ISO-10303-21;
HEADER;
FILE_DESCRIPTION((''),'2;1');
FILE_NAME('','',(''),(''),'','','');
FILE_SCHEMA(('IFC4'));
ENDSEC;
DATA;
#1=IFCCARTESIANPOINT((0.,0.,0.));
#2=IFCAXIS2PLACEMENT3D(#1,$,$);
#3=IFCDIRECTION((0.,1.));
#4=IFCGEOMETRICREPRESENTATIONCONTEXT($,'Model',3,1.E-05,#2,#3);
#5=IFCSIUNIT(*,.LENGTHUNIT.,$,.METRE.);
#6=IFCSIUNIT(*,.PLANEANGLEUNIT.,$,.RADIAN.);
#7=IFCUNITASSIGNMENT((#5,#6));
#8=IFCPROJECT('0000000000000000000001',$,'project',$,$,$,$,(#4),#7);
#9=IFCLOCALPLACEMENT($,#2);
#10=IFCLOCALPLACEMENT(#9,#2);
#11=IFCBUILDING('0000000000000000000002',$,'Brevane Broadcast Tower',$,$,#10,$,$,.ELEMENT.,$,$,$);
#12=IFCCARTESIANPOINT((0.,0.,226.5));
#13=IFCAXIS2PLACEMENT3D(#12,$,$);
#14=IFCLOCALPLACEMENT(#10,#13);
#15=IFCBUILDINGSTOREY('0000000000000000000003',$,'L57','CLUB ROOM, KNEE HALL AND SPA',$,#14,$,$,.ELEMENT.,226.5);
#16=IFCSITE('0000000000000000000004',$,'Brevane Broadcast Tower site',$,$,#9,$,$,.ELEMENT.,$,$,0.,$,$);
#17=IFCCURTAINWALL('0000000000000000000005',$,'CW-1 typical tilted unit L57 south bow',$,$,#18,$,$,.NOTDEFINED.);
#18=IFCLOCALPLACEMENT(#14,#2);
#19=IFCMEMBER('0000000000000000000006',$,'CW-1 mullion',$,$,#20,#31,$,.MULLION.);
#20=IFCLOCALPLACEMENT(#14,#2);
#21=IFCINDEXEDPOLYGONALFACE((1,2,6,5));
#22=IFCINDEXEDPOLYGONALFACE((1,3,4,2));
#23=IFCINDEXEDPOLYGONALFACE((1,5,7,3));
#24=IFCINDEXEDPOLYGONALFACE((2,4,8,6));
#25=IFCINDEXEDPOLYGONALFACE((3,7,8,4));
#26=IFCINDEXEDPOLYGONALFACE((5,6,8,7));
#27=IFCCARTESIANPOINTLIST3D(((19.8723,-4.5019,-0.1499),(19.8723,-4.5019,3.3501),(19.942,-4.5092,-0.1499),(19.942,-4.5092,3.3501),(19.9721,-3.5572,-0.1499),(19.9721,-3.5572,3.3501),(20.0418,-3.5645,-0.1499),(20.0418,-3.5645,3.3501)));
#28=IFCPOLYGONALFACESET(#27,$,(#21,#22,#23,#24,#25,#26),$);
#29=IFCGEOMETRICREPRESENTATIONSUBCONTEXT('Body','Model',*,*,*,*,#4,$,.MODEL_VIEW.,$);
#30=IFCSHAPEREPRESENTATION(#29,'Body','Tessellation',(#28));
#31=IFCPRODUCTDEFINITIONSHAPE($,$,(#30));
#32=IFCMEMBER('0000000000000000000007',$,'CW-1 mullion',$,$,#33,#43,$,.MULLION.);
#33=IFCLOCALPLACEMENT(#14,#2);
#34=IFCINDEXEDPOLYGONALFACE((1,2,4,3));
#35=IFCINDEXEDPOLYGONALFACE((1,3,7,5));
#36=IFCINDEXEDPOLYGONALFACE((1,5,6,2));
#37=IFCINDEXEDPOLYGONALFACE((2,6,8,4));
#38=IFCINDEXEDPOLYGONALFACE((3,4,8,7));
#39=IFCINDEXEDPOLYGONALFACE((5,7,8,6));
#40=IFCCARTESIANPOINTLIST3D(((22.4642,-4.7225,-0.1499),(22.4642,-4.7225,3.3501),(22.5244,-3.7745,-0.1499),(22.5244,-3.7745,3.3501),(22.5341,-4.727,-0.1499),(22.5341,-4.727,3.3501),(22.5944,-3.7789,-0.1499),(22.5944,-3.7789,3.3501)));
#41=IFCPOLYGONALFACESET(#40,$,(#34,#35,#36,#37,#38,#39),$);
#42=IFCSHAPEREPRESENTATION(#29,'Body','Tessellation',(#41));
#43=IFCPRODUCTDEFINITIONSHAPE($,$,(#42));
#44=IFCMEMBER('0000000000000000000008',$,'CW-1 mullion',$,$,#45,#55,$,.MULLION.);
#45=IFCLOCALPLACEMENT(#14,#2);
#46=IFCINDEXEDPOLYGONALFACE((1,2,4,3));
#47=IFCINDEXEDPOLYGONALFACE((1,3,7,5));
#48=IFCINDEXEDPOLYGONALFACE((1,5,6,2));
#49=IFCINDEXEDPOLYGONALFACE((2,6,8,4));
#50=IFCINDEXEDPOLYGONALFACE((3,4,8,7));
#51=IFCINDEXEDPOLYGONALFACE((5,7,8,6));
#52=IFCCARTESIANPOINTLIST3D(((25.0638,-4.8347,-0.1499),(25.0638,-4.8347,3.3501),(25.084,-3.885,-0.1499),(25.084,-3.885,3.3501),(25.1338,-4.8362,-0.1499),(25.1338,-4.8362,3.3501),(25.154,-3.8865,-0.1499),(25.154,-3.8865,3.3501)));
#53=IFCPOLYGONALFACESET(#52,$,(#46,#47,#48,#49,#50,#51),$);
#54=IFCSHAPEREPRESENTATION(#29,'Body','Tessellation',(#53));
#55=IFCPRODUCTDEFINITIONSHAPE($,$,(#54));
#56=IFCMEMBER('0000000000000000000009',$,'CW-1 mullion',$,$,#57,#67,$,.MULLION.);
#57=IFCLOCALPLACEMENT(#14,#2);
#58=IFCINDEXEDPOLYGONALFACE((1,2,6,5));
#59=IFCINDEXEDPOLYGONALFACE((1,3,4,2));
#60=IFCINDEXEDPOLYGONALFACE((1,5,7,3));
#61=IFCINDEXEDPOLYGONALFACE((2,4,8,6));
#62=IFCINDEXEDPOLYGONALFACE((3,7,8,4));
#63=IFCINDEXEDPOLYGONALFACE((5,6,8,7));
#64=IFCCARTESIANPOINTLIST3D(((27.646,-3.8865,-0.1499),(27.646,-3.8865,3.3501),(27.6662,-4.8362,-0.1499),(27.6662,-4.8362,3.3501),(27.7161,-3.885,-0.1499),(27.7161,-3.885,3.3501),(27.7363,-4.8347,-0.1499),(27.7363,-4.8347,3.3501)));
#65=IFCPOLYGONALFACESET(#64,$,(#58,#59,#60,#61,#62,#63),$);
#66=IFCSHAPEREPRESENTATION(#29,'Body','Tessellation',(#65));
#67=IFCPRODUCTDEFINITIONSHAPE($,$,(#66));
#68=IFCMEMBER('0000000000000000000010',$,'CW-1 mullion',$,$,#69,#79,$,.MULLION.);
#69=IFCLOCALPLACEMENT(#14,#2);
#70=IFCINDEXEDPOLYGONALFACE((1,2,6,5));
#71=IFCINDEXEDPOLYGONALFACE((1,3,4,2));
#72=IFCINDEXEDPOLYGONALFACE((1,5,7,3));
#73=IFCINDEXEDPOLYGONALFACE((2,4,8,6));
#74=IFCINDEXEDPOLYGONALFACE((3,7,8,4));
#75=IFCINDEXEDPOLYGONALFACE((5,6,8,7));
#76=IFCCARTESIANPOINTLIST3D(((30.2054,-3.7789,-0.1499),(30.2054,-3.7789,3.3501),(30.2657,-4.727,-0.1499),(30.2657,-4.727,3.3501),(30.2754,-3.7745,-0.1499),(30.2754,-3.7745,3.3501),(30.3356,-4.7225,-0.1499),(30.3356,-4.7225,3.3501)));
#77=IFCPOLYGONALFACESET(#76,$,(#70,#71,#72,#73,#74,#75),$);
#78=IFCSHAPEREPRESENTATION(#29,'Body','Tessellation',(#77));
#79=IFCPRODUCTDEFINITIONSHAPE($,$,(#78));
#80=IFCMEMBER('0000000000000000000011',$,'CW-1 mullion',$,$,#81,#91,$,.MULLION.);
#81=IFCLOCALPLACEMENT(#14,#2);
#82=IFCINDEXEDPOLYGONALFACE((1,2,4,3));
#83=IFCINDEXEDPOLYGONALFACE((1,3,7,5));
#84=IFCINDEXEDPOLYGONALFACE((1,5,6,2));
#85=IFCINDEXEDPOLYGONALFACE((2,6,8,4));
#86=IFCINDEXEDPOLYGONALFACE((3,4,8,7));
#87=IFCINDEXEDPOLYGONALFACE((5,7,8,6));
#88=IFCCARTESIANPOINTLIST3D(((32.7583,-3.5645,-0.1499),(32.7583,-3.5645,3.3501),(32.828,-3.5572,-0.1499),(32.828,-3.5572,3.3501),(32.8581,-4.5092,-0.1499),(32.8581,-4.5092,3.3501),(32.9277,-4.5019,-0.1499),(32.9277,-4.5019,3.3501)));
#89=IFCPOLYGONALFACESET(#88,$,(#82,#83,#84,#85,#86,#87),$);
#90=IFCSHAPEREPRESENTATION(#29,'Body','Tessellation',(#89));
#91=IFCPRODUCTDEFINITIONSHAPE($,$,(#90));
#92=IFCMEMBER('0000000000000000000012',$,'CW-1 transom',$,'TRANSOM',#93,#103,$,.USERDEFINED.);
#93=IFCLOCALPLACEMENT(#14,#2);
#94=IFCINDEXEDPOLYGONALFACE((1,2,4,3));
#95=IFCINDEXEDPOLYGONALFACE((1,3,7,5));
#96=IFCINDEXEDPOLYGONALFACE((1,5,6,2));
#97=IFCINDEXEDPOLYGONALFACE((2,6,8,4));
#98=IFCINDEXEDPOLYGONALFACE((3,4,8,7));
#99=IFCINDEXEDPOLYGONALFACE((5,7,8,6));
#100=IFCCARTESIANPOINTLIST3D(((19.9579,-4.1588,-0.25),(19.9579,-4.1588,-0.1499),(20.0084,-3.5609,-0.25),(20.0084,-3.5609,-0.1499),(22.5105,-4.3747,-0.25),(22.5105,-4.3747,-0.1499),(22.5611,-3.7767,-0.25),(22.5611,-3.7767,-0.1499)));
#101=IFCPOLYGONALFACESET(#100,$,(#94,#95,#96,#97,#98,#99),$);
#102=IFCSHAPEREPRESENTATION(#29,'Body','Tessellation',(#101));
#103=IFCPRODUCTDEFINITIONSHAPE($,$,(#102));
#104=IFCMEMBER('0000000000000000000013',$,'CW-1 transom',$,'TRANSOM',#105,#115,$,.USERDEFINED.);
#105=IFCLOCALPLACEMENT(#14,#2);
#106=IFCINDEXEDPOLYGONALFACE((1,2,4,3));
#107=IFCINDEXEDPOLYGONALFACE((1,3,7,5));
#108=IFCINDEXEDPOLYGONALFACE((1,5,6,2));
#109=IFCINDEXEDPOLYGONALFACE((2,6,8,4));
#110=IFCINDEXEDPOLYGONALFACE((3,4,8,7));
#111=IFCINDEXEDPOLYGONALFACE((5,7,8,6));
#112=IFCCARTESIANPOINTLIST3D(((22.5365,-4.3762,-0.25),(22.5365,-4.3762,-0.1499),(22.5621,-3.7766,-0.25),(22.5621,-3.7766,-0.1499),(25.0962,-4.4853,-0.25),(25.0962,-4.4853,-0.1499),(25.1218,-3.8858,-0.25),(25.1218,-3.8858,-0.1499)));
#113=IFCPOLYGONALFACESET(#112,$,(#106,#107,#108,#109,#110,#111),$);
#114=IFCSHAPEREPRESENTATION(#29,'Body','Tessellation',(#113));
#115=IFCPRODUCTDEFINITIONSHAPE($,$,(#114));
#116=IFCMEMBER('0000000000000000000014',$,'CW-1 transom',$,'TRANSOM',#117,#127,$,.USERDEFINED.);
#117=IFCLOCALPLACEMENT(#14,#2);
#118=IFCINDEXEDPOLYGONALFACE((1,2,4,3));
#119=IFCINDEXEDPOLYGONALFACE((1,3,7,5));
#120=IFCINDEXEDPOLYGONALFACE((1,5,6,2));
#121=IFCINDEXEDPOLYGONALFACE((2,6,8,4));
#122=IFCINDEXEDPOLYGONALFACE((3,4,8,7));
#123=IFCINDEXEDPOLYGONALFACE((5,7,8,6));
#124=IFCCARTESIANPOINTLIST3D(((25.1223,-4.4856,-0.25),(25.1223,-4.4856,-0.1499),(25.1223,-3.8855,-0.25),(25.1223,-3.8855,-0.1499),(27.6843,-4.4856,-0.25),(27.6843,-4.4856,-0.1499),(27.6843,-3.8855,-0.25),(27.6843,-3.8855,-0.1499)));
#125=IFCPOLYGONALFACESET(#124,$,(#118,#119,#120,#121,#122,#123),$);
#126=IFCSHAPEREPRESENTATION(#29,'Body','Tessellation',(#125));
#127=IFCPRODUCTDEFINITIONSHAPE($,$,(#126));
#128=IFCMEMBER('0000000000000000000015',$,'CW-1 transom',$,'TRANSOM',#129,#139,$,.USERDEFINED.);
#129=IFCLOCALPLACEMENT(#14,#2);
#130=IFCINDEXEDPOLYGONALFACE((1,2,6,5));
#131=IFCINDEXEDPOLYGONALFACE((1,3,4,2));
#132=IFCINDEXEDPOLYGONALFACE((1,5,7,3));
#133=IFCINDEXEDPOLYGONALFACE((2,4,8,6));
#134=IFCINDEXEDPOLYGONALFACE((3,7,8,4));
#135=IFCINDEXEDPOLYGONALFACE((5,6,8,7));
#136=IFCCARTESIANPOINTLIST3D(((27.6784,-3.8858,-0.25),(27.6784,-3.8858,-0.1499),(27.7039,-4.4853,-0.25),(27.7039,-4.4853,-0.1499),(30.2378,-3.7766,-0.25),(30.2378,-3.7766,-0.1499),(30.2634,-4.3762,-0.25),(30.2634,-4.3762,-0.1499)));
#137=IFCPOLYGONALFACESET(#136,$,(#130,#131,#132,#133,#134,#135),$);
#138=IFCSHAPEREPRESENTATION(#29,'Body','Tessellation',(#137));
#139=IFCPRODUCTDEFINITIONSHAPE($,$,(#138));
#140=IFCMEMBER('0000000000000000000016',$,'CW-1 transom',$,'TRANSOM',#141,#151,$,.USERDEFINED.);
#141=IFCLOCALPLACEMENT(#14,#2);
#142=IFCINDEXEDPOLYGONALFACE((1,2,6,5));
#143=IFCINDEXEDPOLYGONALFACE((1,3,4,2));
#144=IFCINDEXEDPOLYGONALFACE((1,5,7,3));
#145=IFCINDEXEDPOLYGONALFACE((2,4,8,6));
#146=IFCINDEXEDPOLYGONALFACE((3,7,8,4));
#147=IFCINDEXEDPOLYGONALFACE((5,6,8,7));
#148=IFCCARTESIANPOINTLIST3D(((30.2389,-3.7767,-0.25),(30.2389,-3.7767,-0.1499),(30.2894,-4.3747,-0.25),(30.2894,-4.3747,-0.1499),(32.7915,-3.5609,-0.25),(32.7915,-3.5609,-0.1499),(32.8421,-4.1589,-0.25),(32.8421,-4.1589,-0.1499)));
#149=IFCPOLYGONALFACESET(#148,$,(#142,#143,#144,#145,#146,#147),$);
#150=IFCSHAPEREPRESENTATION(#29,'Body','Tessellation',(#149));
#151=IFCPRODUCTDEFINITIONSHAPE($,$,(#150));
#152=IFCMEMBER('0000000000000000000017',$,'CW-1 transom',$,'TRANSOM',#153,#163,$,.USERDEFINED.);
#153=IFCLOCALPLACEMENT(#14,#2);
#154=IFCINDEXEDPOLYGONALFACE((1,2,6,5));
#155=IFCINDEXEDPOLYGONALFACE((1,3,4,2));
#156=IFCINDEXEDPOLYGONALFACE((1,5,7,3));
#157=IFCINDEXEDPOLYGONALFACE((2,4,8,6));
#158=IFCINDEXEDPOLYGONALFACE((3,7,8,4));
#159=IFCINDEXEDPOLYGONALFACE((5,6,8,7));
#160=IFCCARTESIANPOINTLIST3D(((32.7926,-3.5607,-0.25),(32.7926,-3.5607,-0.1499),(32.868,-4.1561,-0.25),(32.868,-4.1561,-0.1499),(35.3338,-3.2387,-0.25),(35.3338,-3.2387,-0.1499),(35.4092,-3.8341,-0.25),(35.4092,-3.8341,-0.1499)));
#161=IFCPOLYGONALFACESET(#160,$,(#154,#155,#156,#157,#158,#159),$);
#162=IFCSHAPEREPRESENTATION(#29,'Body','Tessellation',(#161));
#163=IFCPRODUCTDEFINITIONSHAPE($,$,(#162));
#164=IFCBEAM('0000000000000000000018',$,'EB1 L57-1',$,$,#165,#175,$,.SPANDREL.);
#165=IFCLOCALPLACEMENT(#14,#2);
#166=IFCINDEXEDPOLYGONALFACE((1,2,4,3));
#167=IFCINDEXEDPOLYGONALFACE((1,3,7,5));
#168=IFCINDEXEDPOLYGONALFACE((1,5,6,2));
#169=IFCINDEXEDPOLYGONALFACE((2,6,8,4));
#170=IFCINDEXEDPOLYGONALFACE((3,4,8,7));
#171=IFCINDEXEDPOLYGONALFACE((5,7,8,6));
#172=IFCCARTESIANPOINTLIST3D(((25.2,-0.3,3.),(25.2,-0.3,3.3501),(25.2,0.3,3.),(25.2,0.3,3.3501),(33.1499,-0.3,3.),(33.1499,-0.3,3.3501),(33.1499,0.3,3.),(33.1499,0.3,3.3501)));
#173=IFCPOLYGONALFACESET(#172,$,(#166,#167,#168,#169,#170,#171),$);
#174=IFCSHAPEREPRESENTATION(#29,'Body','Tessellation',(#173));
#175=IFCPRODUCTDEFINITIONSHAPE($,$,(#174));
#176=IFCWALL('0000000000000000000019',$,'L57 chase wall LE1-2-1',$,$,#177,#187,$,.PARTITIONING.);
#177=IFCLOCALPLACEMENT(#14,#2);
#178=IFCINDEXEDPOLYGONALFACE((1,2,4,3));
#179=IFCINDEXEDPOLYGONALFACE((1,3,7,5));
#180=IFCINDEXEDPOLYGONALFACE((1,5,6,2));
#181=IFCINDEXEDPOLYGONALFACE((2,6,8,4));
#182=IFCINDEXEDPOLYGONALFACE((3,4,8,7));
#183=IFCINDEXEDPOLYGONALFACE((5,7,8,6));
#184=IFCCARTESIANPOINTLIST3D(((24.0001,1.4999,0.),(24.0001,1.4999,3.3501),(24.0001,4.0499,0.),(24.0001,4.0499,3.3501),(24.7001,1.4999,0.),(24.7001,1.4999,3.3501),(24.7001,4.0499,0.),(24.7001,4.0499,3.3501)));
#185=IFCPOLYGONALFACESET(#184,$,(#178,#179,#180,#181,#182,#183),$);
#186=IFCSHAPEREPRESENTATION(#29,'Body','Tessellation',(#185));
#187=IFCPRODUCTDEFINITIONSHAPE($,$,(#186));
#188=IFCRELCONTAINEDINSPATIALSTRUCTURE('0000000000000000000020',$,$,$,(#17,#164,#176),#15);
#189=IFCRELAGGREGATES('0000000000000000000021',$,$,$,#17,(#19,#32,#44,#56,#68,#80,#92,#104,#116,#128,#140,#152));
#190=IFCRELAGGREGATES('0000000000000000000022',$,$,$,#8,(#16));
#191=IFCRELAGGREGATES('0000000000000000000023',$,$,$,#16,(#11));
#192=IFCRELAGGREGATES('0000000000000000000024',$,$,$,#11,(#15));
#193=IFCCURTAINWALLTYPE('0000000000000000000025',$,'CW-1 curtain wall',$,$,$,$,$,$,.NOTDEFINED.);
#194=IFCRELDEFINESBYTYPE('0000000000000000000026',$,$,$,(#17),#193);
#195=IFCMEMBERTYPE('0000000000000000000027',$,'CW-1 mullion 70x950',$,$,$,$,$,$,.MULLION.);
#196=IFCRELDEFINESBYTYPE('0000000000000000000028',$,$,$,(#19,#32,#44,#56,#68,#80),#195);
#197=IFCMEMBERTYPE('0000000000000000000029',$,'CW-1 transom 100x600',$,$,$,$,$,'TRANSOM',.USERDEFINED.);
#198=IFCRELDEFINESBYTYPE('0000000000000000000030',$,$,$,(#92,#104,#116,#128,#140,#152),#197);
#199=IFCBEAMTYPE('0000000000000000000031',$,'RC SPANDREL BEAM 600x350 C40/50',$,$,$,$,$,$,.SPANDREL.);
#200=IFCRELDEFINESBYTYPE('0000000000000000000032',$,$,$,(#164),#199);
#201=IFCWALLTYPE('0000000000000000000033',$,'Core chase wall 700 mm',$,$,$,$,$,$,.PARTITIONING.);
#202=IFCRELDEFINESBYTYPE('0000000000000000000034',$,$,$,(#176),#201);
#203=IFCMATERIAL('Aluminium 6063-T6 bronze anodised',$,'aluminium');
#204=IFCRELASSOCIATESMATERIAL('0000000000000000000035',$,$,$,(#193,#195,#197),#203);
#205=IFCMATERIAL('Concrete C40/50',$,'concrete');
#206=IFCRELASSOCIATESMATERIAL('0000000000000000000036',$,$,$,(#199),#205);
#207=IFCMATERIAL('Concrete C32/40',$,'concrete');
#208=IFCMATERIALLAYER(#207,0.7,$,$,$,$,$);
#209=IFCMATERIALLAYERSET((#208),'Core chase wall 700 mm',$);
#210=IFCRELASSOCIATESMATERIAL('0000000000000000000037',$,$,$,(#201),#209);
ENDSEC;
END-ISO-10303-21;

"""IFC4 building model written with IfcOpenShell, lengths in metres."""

from ifc_helpers import new_model, si_unit, direction, frame, frame_2d, origin, origin_2d, place, context, subcontext, project, spatial, rectangle, extrude, material, layer, layer_set, material_profile, profile_set, type_object, element, aggregate, save


model = new_model("IFC4")

# Units and contexts
model_context = context("Model", 3, precision=1e-05, world=origin(), true_north=direction((0.0, 1.0)))
body_context = subcontext(model_context, "Body", "Model", "MODEL_VIEW")
ifc_project = project(units=[si_unit("LENGTHUNIT", "METRE"), si_unit("PLANEANGLEUNIT", "RADIAN")], contexts=[model_context])

# Site, building, storey
site_placement = place(None, origin())
site = spatial("IfcSite", under=ifc_project, at=site_placement, Name="Brevane Broadcast Tower site", CompositionType="ELEMENT", RefElevation=0.0)
building_placement = place(site_placement, origin())
building = spatial("IfcBuilding", under=site, at=building_placement, Name="Brevane Broadcast Tower", CompositionType="ELEMENT")
storey_placement = place(building_placement, frame((0.0, 0.0, 226.5)))
storey = spatial("IfcBuildingStorey", under=building, at=storey_placement, Name="L57", Description="CLUB ROOM, KNEE HALL AND SPA", CompositionType="ELEMENT", Elevation=226.5)

# Curtain wall, members
ifc_material_1 = material(Name="Aluminium 6063-T6 bronze anodised", Category="aluminium")
curtain_wall_type = type_object("IfcCurtainWallType", Name="CW-1 curtain wall", PredefinedType="NOTDEFINED", material=ifc_material_1)
curtain_wall_placement = place(storey_placement, origin())
curtain_wall = element("IfcCurtainWall", 1, at=curtain_wall_placement, inside=storey, type_object=curtain_wall_type, Name="CW-1 typical tilted unit L57 south bow", PredefinedType="NOTDEFINED")
ifc_material_profile_1 = material_profile(ifc_material_1, rectangle(XDim=0.95, YDim=0.0701, at=origin_2d()), Name="RECT 70x950")
ifc_profile_set_1 = profile_set([ifc_material_profile_1], Name="Aluminium 6063-T6 bronze anodised")
member_type_1 = type_object("IfcMemberType", Name="CW-1 mullion 70x950", PredefinedType="MULLION", material=ifc_profile_set_1)
member_1_placement = place(storey_placement, frame((19.957, -4.0332, -0.1499), z_axis=(0.0, 0.0, 1.0), x_axis=(0.105018, 0.99447, 0.0)))
member_1 = element("IfcMember", 2, at=member_1_placement, type_object=member_type_1, Name="CW-1 mullion", PredefinedType="MULLION", context=body_context, shape_type="SweptSolid", body=[
    extrude(rectangle(XDim=0.95, YDim=0.0701, at=origin_2d()), origin(), (0.0, 0.0, 1.0), 3.5),
])
member_2_placement = place(storey_placement, frame((22.5293, -4.2507, -0.1499), z_axis=(0.0, 0.0, 1.0), x_axis=(0.063406, 0.997988, 0.0)))
member_2 = element("IfcMember", 3, at=member_2_placement, type_object=member_type_1, Name="CW-1 mullion", PredefinedType="MULLION", context=body_context, shape_type="SweptSolid", body=[
    extrude(rectangle(XDim=0.95, YDim=0.0701, at=origin_2d()), origin(), (0.0, 0.0, 1.0), 3.5),
])
member_3_placement = place(storey_placement, frame((25.1089, -4.3606, -0.1499), z_axis=(0.0, 0.0, 1.0), x_axis=(0.021282, 0.999774, 0.0)))
member_3 = element("IfcMember", 4, at=member_3_placement, type_object=member_type_1, Name="CW-1 mullion", PredefinedType="MULLION", context=body_context, shape_type="SweptSolid", body=[
    extrude(rectangle(XDim=0.95, YDim=0.0701, at=origin_2d()), origin(), (0.0, 0.0, 1.0), 3.5),
])
member_4_placement = place(storey_placement, frame((27.6912, -4.3606, -0.1499), z_axis=(0.0, 0.0, 1.0), x_axis=(-0.021282, 0.999774, 0.0)))
member_4 = element("IfcMember", 5, at=member_4_placement, type_object=member_type_1, Name="CW-1 mullion", PredefinedType="MULLION", context=body_context, shape_type="SweptSolid", body=[
    extrude(rectangle(XDim=0.95, YDim=0.0701, at=origin_2d()), origin(), (0.0, 0.0, 1.0), 3.5),
])
member_5_placement = place(storey_placement, frame((30.2705, -4.2507, -0.1499), z_axis=(0.0, 0.0, 1.0), x_axis=(-0.063406, 0.997988, 0.0)))
member_5 = element("IfcMember", 6, at=member_5_placement, type_object=member_type_1, Name="CW-1 mullion", PredefinedType="MULLION", context=body_context, shape_type="SweptSolid", body=[
    extrude(rectangle(XDim=0.95, YDim=0.0701, at=origin_2d()), origin(), (0.0, 0.0, 1.0), 3.5),
])
member_6_placement = place(storey_placement, frame((32.843, -4.0332, -0.1499), z_axis=(0.0, 0.0, 1.0), x_axis=(-0.105018, 0.99447, 0.0)))
member_6 = element("IfcMember", 7, at=member_6_placement, type_object=member_type_1, Name="CW-1 mullion", PredefinedType="MULLION", context=body_context, shape_type="SweptSolid", body=[
    extrude(rectangle(XDim=0.95, YDim=0.0701, at=origin_2d()), origin(), (0.0, 0.0, 1.0), 3.5),
])
ifc_material_profile_2 = material_profile(ifc_material_1, rectangle(XDim=0.6001, YDim=0.1001, at=origin_2d()), Name="RECT 100x600")
ifc_profile_set_2 = profile_set([ifc_material_profile_2], Name="Aluminium 6063-T6 bronze anodised")
member_type_2 = type_object("IfcMemberType", Name="CW-1 transom 100x600", ElementType="TRANSOM", PredefinedType="USERDEFINED", material=ifc_profile_set_2)
member_7_placement = place(storey_placement, frame((19.9832, -3.8599, -0.2), z_axis=(0.996445, -0.084244, 0.0), x_axis=(0.084244, 0.996445, 0.0)))
member_7 = element("IfcMember", 8, at=member_7_placement, type_object=member_type_2, Name="CW-1 transom", ObjectType="TRANSOM", PredefinedType="USERDEFINED", context=body_context, shape_type="SweptSolid", body=[
    extrude(rectangle(XDim=0.6001, YDim=0.1001, at=origin_2d()), origin(), (0.0, 0.0, 1.0), 2.5618),
])
member_8_placement = place(storey_placement, frame((22.5493, -4.0764, -0.2), z_axis=(0.999092, -0.042598, 0.0), x_axis=(0.042598, 0.999092, 0.0)))
member_8 = element("IfcMember", 9, at=member_8_placement, type_object=member_type_2, Name="CW-1 transom", ObjectType="TRANSOM", PredefinedType="USERDEFINED", context=body_context, shape_type="SweptSolid", body=[
    extrude(rectangle(XDim=0.6001, YDim=0.1001, at=origin_2d()), origin(), (0.0, 0.0, 1.0), 2.562),
])
member_9_placement = place(storey_placement, frame((25.1223, -4.1855, -0.2), z_axis=(1.0, 0.0, 0.0), x_axis=(0.0, 1.0, 0.0)))
member_9 = element("IfcMember", 10, at=member_9_placement, type_object=member_type_2, Name="CW-1 transom", ObjectType="TRANSOM", PredefinedType="USERDEFINED", context=body_context, shape_type="SweptSolid", body=[
    extrude(rectangle(XDim=0.6001, YDim=0.1001, at=origin_2d()), origin(), (0.0, 0.0, 1.0), 2.562),
])
member_10_placement = place(storey_placement, frame((27.6912, -4.1855, -0.2), z_axis=(0.999092, 0.042602, 0.0), x_axis=(-0.042602, 0.999092, 0.0)))
member_10 = element("IfcMember", 11, at=member_10_placement, type_object=member_type_2, Name="CW-1 transom", ObjectType="TRANSOM", PredefinedType="USERDEFINED", context=body_context, shape_type="SweptSolid", body=[
    extrude(rectangle(XDim=0.6001, YDim=0.1001, at=origin_2d()), origin(), (0.0, 0.0, 1.0), 2.5618),
])
member_11_placement = place(storey_placement, frame((30.2642, -4.0757, -0.2), z_axis=(0.996445, 0.084244, 0.0), x_axis=(-0.084244, 0.996445, 0.0)))
member_11 = element("IfcMember", 12, at=member_11_placement, type_object=member_type_2, Name="CW-1 transom", ObjectType="TRANSOM", PredefinedType="USERDEFINED", context=body_context, shape_type="SweptSolid", body=[
    extrude(rectangle(XDim=0.6001, YDim=0.1001, at=origin_2d()), origin(), (0.0, 0.0, 1.0), 2.5618),
])
member_12_placement = place(storey_placement, frame((32.8303, -3.8584, -0.2), z_axis=(0.992067, 0.125712, 0.0), x_axis=(-0.125712, 0.992067, 0.0)))
member_12 = element("IfcMember", 13, at=member_12_placement, type_object=member_type_2, Name="CW-1 transom", ObjectType="TRANSOM", PredefinedType="USERDEFINED", context=body_context, shape_type="SweptSolid", body=[
    extrude(rectangle(XDim=0.6001, YDim=0.1001, at=origin_2d()), origin(), (0.0, 0.0, 1.0), 2.5615),
])
aggregate(curtain_wall, [member_1, member_2, member_3, member_4, member_5, member_6, member_7, member_8, member_9, member_10, member_11, member_12])

# Beam
ifc_material_2 = material(Name="Concrete C40/50", Category="concrete")
ifc_material_profile_3 = material_profile(ifc_material_2, rectangle(XDim=0.6001, YDim=0.3501, at=origin_2d()), Name="RC 600x350")
ifc_profile_set_3 = profile_set([ifc_material_profile_3], Name="Concrete C40/50")
beam_type = type_object("IfcBeamType", Name="RC SPANDREL BEAM 600x350 C40/50", PredefinedType="SPANDREL", material=ifc_profile_set_3)
beam_placement = place(storey_placement, frame((25.2, 0.0, 3.175), z_axis=(1.0, 0.0, 0.0), x_axis=(0.0, 1.0, 0.0)))
element("IfcBeam", 14, at=beam_placement, inside=storey, type_object=beam_type, Name="EB1 L57-1", PredefinedType="SPANDREL", context=body_context, shape_type="SweptSolid", body=[
    extrude(rectangle(XDim=0.6001, YDim=0.3501, at=origin_2d()), origin(), (0.0, 0.0, 1.0), 7.95),
])

# Wall
ifc_material_3 = material(Name="Concrete C32/40", Category="concrete")
ifc_layer_1 = layer(ifc_material_3, 0.7)
ifc_layer_set_1 = layer_set([ifc_layer_1], Name="Core chase wall 700 mm")
wall_type_1 = type_object("IfcWallType", Name="Core chase wall 700 mm", PredefinedType="PARTITIONING", material=ifc_layer_set_1)
wall_1_placement = place(storey_placement, frame((24.3501, 1.5, 0.0), z_axis=(0.0, 0.0, 1.0), x_axis=(0.0, 1.0, 0.0)))
element("IfcWall", 15, at=wall_1_placement, inside=storey, type_object=wall_type_1, Name="L57 chase wall LE1-2-1", PredefinedType="PARTITIONING", context=body_context, shape_type="SweptSolid", body=[
    extrude(rectangle(XDim=2.55, YDim=0.7, at=frame_2d((1.2749, 0.0))), origin(), (0.0, 0.0, 1.0), 3.3501),
])

save(model, "model.ifc")
